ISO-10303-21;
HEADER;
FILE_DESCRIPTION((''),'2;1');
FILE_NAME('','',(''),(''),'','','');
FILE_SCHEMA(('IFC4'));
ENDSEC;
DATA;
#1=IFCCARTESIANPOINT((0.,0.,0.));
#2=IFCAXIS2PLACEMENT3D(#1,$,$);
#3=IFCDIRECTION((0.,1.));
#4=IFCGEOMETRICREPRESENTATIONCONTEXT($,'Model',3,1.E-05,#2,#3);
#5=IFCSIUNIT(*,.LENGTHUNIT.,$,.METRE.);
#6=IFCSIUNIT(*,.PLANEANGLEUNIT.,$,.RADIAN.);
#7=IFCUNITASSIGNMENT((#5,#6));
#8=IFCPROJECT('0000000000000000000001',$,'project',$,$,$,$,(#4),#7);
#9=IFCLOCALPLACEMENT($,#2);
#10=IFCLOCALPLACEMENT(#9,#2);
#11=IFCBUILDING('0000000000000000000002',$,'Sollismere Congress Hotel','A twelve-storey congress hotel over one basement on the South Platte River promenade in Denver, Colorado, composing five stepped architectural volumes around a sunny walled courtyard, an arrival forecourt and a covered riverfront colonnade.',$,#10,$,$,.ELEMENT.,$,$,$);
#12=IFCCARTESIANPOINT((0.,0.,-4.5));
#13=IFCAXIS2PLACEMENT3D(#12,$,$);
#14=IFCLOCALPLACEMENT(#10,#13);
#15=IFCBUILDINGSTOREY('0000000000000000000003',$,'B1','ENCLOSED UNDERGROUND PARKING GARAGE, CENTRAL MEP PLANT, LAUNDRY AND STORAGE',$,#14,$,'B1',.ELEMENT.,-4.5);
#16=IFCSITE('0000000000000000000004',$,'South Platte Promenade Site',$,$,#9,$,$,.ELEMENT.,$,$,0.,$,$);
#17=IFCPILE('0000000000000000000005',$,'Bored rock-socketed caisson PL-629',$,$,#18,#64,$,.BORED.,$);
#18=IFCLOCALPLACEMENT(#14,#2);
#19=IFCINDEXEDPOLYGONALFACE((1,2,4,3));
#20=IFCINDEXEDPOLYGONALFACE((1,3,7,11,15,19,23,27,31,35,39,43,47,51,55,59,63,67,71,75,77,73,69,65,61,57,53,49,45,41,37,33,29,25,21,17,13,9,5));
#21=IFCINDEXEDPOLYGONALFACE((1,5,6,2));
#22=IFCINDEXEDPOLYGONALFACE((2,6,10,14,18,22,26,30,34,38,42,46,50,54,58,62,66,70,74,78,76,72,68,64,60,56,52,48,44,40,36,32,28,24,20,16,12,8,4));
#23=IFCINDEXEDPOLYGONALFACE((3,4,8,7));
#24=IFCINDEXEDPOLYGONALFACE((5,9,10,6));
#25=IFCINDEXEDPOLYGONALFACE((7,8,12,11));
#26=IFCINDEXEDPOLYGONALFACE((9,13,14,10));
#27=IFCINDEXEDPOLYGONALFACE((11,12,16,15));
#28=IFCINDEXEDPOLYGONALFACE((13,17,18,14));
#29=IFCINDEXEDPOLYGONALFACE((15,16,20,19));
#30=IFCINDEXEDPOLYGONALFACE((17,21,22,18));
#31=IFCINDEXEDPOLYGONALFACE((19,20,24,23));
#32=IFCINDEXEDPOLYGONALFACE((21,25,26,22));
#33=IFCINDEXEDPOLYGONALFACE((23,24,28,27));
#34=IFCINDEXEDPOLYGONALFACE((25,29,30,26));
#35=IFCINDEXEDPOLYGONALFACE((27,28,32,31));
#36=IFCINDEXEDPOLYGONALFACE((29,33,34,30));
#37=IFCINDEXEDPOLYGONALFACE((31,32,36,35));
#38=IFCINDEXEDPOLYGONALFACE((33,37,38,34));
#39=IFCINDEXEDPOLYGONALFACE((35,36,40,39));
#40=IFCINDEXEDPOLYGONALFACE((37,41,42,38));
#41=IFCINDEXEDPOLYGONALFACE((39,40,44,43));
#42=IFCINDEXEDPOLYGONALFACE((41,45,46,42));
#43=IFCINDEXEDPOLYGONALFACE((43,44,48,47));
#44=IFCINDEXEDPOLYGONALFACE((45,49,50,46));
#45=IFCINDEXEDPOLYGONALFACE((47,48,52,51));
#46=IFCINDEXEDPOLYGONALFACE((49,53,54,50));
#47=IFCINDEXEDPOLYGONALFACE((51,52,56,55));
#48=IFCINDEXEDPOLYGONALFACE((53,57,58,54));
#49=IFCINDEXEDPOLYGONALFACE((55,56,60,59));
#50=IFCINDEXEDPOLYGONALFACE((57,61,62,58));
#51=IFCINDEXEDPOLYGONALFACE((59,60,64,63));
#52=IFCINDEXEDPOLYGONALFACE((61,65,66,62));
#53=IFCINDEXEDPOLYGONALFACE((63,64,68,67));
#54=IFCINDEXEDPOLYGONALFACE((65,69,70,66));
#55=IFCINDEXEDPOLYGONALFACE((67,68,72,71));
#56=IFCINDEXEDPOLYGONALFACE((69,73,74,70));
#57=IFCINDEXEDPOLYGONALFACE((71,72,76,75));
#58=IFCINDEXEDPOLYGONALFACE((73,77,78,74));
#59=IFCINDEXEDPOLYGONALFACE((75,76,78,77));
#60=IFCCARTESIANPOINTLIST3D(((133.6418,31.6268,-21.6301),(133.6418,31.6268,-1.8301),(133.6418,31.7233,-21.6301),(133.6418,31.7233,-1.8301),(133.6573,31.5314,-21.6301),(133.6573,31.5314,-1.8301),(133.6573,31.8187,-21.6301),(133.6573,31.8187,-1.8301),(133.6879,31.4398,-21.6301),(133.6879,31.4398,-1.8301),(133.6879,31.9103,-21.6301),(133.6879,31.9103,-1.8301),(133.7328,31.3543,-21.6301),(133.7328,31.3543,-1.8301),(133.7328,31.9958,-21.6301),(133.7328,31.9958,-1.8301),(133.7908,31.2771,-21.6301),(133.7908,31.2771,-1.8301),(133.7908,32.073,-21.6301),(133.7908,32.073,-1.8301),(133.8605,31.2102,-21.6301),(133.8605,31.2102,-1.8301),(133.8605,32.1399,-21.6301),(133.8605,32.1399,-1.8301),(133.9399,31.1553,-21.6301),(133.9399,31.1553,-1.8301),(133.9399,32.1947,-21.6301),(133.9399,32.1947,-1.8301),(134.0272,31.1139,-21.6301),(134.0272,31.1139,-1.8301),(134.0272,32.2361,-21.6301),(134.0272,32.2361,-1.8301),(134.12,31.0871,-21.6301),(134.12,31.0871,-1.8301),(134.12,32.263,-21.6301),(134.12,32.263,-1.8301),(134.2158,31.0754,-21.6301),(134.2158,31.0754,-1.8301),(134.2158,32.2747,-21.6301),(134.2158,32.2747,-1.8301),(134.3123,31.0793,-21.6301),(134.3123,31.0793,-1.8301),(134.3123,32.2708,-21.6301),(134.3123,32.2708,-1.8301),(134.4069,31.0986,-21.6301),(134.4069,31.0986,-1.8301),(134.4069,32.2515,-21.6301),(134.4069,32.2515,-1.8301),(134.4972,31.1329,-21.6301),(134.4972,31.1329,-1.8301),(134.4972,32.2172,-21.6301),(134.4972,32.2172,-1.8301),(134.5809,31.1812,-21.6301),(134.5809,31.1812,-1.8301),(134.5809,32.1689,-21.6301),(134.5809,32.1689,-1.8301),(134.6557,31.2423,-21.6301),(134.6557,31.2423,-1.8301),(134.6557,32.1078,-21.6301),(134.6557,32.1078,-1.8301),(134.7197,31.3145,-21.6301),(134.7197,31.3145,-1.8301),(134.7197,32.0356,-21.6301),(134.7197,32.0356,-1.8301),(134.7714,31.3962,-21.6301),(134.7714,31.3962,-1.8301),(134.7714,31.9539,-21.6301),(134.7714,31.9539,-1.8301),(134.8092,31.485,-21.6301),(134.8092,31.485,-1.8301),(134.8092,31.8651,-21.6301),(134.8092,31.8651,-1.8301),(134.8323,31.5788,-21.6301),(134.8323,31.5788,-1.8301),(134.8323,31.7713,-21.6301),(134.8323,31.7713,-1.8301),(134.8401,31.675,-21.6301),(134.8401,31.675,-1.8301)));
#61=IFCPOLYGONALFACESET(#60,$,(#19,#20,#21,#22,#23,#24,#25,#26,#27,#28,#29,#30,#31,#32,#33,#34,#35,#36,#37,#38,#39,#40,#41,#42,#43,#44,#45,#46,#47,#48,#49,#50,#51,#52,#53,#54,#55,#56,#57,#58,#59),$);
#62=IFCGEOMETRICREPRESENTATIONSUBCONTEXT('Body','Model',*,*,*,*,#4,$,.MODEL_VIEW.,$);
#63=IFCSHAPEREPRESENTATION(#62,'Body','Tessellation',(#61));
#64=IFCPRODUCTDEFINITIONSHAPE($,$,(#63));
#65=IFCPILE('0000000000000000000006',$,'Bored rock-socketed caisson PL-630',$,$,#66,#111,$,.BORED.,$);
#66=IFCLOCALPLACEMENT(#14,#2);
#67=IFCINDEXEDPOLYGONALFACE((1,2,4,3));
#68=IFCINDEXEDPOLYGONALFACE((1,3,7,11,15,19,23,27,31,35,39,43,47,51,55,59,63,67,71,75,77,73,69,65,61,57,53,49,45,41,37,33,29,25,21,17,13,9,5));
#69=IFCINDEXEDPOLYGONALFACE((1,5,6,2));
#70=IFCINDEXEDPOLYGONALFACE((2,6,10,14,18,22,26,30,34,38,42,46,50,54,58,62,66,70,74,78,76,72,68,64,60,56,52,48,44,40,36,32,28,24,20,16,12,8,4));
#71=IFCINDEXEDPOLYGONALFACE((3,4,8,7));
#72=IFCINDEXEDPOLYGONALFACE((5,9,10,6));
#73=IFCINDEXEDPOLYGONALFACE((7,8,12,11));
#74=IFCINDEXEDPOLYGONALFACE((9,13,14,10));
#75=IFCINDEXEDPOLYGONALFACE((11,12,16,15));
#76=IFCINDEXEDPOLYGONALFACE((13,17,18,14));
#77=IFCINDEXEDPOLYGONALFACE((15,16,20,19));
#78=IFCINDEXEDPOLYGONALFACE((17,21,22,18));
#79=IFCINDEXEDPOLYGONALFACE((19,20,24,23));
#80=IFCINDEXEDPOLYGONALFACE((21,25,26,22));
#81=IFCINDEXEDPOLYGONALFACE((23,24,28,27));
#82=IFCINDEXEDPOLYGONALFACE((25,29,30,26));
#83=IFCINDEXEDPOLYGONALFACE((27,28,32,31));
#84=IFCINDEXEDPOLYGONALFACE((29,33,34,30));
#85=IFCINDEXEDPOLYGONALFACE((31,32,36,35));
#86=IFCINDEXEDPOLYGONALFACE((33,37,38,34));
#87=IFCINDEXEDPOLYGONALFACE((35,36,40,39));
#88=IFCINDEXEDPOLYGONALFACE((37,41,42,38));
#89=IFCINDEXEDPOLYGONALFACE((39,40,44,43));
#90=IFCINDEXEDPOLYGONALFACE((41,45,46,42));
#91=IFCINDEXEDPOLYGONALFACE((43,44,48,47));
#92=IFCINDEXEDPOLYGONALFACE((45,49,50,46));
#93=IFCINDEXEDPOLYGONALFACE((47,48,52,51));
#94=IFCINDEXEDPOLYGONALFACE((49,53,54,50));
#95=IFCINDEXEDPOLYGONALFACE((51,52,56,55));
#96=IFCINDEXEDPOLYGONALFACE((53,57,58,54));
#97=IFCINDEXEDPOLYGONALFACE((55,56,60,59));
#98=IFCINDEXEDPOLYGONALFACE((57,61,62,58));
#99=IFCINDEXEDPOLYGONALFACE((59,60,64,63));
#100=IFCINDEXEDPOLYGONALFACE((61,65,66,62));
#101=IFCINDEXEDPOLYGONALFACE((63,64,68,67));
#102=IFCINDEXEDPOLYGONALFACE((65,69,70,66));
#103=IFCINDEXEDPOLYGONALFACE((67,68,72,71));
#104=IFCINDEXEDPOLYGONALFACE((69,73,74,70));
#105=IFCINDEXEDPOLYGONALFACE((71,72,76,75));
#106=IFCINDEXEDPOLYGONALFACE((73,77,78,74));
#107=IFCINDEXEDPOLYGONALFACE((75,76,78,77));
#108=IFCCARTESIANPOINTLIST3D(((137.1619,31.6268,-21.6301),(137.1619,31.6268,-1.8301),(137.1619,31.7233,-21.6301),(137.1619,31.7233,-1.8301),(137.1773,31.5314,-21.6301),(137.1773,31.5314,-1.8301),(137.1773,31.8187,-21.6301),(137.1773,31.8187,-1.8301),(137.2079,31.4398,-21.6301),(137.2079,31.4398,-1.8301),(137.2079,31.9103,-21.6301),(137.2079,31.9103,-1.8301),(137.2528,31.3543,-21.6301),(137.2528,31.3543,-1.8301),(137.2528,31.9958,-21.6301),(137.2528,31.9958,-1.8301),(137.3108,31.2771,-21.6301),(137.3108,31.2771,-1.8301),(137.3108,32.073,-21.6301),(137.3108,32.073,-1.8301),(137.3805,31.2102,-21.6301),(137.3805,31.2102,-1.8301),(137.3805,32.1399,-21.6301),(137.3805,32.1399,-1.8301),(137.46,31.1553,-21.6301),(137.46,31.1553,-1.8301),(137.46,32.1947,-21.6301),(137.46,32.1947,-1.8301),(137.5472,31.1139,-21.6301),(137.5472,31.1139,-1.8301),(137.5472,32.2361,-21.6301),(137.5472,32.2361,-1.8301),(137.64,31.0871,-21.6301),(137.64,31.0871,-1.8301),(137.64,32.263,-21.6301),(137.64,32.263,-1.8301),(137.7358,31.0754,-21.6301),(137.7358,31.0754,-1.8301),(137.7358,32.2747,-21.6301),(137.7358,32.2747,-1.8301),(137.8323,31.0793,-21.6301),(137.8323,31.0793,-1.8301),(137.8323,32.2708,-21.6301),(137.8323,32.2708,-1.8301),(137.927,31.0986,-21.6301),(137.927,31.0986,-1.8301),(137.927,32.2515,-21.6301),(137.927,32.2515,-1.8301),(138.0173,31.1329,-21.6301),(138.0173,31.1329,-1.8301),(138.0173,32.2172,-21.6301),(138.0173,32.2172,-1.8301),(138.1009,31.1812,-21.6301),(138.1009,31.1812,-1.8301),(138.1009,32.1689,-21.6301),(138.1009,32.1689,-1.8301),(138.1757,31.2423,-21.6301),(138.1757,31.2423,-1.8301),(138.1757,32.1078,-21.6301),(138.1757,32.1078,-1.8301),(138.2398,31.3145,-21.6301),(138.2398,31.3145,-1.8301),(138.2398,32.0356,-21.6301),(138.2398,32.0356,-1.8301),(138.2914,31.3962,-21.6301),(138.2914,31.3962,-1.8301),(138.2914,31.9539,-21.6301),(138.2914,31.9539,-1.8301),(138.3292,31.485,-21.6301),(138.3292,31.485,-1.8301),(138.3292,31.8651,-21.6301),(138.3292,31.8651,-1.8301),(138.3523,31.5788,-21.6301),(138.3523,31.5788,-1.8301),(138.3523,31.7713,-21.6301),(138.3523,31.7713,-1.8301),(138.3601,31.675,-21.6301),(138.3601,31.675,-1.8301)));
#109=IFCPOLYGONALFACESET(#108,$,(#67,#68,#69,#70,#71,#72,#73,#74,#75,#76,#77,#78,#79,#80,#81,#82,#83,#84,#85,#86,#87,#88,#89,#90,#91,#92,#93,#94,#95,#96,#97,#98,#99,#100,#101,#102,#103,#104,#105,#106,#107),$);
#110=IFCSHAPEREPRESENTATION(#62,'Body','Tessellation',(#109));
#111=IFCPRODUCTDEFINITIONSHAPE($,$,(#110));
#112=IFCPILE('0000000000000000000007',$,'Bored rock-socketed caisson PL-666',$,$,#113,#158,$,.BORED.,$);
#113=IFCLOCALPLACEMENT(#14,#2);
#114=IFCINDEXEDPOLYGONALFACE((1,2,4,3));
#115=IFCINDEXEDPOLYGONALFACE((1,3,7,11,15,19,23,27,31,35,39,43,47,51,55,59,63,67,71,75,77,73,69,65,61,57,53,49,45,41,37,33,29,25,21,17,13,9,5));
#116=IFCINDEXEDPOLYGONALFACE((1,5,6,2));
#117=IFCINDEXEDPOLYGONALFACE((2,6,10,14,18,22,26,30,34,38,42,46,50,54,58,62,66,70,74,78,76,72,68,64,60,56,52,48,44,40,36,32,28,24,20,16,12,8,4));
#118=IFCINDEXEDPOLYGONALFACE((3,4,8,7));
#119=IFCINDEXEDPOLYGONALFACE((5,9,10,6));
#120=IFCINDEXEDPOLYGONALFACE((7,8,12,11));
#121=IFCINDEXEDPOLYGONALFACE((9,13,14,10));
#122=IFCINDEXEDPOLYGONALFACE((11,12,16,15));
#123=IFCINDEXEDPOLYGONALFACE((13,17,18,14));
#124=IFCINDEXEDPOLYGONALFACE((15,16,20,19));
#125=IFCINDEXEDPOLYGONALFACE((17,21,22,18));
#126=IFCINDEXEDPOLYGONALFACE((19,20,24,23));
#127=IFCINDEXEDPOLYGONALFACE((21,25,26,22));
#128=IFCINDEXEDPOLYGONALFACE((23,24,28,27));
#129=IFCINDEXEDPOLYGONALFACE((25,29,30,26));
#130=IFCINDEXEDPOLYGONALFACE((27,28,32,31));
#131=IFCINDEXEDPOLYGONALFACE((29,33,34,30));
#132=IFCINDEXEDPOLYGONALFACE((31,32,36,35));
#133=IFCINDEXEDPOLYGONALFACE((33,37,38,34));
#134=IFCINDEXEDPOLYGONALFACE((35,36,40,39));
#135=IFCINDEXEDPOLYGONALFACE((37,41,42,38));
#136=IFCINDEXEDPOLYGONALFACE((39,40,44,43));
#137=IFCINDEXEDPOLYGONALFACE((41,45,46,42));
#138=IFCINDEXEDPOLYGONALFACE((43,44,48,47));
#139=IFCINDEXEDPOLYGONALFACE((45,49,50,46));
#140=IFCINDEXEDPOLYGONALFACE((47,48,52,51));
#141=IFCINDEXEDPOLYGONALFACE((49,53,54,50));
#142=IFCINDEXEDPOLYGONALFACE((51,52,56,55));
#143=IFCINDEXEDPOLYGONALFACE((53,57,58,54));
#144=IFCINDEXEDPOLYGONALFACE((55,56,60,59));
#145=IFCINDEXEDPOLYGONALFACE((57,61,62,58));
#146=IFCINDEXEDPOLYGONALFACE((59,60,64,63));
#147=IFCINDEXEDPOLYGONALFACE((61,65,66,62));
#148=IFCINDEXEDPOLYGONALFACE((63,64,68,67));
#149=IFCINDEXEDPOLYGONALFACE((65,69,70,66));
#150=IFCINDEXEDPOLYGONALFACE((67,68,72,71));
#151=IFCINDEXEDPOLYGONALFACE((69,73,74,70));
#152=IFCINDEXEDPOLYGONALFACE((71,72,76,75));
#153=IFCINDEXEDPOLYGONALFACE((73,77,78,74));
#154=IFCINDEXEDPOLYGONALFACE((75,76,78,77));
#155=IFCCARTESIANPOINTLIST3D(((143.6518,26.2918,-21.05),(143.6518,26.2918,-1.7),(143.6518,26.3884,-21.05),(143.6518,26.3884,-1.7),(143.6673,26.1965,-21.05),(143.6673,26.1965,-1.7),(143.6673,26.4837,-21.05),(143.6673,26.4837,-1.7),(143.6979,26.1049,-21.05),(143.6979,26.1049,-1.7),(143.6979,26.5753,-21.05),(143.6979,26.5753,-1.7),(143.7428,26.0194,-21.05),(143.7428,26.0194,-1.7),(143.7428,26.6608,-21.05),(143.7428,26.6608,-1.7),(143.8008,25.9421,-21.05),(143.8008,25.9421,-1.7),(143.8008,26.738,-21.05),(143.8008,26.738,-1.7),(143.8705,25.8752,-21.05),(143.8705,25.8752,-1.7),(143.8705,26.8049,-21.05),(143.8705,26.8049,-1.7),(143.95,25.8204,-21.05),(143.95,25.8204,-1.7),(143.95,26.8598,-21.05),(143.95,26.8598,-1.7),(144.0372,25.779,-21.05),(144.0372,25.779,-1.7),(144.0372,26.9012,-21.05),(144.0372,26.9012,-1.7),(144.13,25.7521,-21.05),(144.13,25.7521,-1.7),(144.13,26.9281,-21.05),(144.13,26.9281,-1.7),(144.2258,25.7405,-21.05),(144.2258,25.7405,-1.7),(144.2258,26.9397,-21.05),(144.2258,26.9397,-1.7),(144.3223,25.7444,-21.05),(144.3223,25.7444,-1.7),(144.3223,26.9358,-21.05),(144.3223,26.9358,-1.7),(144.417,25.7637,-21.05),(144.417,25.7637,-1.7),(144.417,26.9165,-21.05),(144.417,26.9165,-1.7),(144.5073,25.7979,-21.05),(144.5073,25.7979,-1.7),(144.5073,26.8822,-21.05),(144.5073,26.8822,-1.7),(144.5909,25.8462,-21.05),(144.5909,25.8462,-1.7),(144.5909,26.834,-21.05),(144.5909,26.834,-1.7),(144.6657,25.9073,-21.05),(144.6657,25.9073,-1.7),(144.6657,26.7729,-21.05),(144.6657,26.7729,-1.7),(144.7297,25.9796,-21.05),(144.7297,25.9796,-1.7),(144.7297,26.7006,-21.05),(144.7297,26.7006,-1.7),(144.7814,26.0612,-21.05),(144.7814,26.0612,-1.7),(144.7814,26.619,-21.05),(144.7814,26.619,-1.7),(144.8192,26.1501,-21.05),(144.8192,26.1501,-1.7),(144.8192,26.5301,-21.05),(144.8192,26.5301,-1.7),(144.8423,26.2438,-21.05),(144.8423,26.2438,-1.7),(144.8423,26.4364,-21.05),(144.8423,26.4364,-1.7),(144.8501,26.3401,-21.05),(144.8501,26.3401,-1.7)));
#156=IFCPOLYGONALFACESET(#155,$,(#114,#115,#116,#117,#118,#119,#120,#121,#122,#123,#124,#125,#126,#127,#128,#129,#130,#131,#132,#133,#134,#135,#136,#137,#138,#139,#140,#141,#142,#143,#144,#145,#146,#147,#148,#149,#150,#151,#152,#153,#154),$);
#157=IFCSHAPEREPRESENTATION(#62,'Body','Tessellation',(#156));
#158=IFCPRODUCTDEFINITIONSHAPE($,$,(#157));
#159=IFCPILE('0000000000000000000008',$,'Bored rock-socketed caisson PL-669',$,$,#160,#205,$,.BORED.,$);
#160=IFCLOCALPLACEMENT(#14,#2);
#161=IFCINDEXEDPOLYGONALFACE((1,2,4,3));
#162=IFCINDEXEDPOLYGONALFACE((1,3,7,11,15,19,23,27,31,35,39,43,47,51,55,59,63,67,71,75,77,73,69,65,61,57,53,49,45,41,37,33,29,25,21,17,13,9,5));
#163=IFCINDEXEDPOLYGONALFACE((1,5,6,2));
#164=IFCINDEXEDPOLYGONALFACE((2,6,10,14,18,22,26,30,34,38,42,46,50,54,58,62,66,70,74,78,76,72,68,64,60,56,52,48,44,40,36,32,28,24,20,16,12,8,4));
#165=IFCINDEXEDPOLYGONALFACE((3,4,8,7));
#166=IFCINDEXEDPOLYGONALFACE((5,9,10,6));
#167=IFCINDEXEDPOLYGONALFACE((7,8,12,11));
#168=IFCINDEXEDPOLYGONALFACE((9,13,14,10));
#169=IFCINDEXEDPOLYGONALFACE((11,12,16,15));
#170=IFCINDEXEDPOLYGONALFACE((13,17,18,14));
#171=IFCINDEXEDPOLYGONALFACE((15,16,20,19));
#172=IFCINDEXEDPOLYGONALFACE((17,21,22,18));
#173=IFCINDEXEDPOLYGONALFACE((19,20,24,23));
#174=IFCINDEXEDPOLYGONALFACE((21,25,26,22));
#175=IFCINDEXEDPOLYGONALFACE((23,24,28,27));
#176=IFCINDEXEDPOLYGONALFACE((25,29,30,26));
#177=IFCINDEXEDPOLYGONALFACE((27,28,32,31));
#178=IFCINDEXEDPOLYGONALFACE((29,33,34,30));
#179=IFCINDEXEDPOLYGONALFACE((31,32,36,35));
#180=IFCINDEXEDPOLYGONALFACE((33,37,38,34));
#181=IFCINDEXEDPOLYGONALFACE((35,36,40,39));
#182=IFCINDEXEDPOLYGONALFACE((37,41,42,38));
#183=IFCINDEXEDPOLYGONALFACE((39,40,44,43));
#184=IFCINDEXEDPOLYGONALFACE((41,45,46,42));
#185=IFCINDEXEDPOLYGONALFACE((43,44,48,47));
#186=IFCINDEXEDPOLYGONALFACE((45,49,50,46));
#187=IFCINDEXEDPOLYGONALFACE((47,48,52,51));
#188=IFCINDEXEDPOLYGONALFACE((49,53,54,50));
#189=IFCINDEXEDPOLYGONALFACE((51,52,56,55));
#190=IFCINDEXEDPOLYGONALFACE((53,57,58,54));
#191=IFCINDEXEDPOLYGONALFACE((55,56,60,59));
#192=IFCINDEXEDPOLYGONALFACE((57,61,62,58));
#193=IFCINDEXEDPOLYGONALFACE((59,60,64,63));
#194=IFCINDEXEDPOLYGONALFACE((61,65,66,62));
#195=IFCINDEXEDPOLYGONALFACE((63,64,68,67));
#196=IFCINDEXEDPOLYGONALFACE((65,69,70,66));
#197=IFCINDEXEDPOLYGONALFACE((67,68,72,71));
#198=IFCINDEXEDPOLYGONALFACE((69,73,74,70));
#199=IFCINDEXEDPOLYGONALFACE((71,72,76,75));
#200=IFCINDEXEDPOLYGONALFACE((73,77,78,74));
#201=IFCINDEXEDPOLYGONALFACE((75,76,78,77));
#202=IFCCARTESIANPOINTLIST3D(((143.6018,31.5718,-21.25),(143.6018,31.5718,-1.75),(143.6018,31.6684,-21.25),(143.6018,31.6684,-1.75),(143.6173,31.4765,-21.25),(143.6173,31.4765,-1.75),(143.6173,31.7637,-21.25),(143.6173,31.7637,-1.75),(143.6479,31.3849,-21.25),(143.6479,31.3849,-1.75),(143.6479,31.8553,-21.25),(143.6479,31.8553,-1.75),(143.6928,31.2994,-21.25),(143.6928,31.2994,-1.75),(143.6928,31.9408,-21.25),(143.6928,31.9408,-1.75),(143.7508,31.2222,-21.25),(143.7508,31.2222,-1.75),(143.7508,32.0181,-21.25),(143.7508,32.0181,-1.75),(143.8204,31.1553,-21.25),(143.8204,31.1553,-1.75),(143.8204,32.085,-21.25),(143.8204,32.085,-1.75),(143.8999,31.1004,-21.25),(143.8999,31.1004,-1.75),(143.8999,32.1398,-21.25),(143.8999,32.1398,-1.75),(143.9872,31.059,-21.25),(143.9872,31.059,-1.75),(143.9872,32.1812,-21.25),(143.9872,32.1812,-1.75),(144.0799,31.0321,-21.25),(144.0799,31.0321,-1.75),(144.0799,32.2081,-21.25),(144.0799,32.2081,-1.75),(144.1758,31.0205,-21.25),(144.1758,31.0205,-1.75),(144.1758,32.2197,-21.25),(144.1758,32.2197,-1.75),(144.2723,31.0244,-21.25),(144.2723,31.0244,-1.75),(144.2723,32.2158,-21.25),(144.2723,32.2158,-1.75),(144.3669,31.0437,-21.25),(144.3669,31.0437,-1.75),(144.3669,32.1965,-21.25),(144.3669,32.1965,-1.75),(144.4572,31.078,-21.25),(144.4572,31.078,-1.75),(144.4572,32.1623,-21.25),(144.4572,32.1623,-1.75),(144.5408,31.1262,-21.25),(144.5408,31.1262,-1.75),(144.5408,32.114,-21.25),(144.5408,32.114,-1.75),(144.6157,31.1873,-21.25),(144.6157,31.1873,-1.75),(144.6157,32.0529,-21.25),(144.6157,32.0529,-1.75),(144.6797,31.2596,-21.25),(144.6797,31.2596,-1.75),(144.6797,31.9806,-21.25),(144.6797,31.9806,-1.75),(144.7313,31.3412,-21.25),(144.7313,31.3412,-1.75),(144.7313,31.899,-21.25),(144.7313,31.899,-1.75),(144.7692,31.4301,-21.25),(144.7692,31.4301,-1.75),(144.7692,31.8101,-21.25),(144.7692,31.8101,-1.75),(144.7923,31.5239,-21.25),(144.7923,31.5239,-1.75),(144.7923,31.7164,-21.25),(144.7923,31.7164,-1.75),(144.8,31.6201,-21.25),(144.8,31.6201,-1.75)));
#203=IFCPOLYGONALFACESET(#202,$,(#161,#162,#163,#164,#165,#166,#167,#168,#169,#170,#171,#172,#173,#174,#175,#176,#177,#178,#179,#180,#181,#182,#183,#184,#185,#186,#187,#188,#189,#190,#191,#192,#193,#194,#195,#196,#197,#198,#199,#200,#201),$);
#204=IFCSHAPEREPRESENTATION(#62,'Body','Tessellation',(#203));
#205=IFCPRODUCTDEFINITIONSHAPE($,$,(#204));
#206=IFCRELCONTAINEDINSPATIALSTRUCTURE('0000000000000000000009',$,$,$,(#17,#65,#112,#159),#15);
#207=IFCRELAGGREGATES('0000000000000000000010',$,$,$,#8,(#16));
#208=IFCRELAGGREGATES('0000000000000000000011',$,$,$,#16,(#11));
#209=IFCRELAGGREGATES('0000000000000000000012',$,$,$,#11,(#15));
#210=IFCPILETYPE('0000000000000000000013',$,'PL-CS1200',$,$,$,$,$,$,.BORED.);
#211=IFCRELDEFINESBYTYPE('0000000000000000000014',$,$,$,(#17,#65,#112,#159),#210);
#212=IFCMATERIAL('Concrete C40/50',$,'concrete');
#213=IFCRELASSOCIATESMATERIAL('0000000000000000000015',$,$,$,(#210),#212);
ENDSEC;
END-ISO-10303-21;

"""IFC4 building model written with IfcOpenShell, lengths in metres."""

from ifc_helpers import new_model, si_unit, direction, frame, origin, origin_2d, place, context, subcontext, project, spatial, circle, extrude, material, material_profile, profile_set, type_object, element, save


model = new_model("IFC4")

# Units and contexts
model_context = context("Model", 3, precision=1e-05, world=origin(), true_north=direction((0.0, 1.0)))
body_context = subcontext(model_context, "Body", "Model", "MODEL_VIEW")
ifc_project = project(units=[si_unit("LENGTHUNIT", "METRE"), si_unit("PLANEANGLEUNIT", "RADIAN")], contexts=[model_context])

# Site, building, storey
site_placement = place(None, origin())
site = spatial("IfcSite", under=ifc_project, at=site_placement, Name="South Platte Promenade Site", CompositionType="ELEMENT", RefElevation=0.0)
building_placement = place(site_placement, origin())
building = spatial("IfcBuilding", under=site, at=building_placement, Name="Sollismere Congress Hotel", Description="A twelve-storey congress hotel over one basement on the South Platte River promenade in Denver, Colorado, composing five stepped architectural volumes around a sunny walled courtyard, an arrival forecourt and a covered riverfront colonnade.", CompositionType="ELEMENT")
storey_placement = place(building_placement, frame((0.0, 0.0, -4.5)))
storey = spatial("IfcBuildingStorey", under=building, at=storey_placement, Name="B1", Description="ENCLOSED UNDERGROUND PARKING GARAGE, CENTRAL MEP PLANT, LAUNDRY AND STORAGE", LongName="B1", CompositionType="ELEMENT", Elevation=-4.5)

# Shared definitions
ifc_material_1 = material(Name="Concrete C40/50", Category="concrete")

# Piles
ifc_material_profile_1 = material_profile(ifc_material_1, circle(Radius=0.6001, at=origin_2d()), Name="CAISSON1200")
ifc_profile_set_1 = profile_set([ifc_material_profile_1], Name="Concrete C40/50")
pile_type = type_object("IfcPileType", Name="PL-CS1200", PredefinedType="BORED", material=ifc_profile_set_1)
for number, where, z_axis, x_axis, name in (
    (1, (134.24, 31.675, -1.8301), (0.0, 0.0, -1.0), (1.0, 0.0, 0.0), "Bored rock-socketed caisson PL-629"),
    (2, (137.76, 31.675, -1.8301), (0.0, 0.0, -1.0), (1.0, 0.0, 0.0), "Bored rock-socketed caisson PL-630"),
):
    element("IfcPile", number, at=place(storey_placement, frame(where, z_axis=z_axis, x_axis=x_axis)), inside=storey, type_object=pile_type, Name=name, PredefinedType="BORED", context=body_context, shape_type="SweptSolid", body=[
        extrude(circle(Radius=0.6001, at=origin_2d()), origin(), (0.0, 0.0, 1.0), 19.8),
    ])
pile_1_placement = place(storey_placement, frame((144.25, 26.3401, -1.7), z_axis=(0.0, 0.0, -1.0), x_axis=(1.0, 0.0, 0.0)))
element("IfcPile", 3, at=pile_1_placement, inside=storey, type_object=pile_type, Name="Bored rock-socketed caisson PL-666", PredefinedType="BORED", context=body_context, shape_type="SweptSolid", body=[
    extrude(circle(Radius=0.6001, at=origin_2d()), origin(), (0.0, 0.0, 1.0), 19.3501),
])
pile_2_placement = place(storey_placement, frame((144.2, 31.6201, -1.75), z_axis=(0.0, 0.0, -1.0), x_axis=(1.0, 0.0, 0.0)))
element("IfcPile", 4, at=pile_2_placement, inside=storey, type_object=pile_type, Name="Bored rock-socketed caisson PL-669", PredefinedType="BORED", context=body_context, shape_type="SweptSolid", body=[
    extrude(circle(Radius=0.6001, at=origin_2d()), origin(), (0.0, 0.0, 1.0), 19.5),
])

save(model, "model.ifc")
